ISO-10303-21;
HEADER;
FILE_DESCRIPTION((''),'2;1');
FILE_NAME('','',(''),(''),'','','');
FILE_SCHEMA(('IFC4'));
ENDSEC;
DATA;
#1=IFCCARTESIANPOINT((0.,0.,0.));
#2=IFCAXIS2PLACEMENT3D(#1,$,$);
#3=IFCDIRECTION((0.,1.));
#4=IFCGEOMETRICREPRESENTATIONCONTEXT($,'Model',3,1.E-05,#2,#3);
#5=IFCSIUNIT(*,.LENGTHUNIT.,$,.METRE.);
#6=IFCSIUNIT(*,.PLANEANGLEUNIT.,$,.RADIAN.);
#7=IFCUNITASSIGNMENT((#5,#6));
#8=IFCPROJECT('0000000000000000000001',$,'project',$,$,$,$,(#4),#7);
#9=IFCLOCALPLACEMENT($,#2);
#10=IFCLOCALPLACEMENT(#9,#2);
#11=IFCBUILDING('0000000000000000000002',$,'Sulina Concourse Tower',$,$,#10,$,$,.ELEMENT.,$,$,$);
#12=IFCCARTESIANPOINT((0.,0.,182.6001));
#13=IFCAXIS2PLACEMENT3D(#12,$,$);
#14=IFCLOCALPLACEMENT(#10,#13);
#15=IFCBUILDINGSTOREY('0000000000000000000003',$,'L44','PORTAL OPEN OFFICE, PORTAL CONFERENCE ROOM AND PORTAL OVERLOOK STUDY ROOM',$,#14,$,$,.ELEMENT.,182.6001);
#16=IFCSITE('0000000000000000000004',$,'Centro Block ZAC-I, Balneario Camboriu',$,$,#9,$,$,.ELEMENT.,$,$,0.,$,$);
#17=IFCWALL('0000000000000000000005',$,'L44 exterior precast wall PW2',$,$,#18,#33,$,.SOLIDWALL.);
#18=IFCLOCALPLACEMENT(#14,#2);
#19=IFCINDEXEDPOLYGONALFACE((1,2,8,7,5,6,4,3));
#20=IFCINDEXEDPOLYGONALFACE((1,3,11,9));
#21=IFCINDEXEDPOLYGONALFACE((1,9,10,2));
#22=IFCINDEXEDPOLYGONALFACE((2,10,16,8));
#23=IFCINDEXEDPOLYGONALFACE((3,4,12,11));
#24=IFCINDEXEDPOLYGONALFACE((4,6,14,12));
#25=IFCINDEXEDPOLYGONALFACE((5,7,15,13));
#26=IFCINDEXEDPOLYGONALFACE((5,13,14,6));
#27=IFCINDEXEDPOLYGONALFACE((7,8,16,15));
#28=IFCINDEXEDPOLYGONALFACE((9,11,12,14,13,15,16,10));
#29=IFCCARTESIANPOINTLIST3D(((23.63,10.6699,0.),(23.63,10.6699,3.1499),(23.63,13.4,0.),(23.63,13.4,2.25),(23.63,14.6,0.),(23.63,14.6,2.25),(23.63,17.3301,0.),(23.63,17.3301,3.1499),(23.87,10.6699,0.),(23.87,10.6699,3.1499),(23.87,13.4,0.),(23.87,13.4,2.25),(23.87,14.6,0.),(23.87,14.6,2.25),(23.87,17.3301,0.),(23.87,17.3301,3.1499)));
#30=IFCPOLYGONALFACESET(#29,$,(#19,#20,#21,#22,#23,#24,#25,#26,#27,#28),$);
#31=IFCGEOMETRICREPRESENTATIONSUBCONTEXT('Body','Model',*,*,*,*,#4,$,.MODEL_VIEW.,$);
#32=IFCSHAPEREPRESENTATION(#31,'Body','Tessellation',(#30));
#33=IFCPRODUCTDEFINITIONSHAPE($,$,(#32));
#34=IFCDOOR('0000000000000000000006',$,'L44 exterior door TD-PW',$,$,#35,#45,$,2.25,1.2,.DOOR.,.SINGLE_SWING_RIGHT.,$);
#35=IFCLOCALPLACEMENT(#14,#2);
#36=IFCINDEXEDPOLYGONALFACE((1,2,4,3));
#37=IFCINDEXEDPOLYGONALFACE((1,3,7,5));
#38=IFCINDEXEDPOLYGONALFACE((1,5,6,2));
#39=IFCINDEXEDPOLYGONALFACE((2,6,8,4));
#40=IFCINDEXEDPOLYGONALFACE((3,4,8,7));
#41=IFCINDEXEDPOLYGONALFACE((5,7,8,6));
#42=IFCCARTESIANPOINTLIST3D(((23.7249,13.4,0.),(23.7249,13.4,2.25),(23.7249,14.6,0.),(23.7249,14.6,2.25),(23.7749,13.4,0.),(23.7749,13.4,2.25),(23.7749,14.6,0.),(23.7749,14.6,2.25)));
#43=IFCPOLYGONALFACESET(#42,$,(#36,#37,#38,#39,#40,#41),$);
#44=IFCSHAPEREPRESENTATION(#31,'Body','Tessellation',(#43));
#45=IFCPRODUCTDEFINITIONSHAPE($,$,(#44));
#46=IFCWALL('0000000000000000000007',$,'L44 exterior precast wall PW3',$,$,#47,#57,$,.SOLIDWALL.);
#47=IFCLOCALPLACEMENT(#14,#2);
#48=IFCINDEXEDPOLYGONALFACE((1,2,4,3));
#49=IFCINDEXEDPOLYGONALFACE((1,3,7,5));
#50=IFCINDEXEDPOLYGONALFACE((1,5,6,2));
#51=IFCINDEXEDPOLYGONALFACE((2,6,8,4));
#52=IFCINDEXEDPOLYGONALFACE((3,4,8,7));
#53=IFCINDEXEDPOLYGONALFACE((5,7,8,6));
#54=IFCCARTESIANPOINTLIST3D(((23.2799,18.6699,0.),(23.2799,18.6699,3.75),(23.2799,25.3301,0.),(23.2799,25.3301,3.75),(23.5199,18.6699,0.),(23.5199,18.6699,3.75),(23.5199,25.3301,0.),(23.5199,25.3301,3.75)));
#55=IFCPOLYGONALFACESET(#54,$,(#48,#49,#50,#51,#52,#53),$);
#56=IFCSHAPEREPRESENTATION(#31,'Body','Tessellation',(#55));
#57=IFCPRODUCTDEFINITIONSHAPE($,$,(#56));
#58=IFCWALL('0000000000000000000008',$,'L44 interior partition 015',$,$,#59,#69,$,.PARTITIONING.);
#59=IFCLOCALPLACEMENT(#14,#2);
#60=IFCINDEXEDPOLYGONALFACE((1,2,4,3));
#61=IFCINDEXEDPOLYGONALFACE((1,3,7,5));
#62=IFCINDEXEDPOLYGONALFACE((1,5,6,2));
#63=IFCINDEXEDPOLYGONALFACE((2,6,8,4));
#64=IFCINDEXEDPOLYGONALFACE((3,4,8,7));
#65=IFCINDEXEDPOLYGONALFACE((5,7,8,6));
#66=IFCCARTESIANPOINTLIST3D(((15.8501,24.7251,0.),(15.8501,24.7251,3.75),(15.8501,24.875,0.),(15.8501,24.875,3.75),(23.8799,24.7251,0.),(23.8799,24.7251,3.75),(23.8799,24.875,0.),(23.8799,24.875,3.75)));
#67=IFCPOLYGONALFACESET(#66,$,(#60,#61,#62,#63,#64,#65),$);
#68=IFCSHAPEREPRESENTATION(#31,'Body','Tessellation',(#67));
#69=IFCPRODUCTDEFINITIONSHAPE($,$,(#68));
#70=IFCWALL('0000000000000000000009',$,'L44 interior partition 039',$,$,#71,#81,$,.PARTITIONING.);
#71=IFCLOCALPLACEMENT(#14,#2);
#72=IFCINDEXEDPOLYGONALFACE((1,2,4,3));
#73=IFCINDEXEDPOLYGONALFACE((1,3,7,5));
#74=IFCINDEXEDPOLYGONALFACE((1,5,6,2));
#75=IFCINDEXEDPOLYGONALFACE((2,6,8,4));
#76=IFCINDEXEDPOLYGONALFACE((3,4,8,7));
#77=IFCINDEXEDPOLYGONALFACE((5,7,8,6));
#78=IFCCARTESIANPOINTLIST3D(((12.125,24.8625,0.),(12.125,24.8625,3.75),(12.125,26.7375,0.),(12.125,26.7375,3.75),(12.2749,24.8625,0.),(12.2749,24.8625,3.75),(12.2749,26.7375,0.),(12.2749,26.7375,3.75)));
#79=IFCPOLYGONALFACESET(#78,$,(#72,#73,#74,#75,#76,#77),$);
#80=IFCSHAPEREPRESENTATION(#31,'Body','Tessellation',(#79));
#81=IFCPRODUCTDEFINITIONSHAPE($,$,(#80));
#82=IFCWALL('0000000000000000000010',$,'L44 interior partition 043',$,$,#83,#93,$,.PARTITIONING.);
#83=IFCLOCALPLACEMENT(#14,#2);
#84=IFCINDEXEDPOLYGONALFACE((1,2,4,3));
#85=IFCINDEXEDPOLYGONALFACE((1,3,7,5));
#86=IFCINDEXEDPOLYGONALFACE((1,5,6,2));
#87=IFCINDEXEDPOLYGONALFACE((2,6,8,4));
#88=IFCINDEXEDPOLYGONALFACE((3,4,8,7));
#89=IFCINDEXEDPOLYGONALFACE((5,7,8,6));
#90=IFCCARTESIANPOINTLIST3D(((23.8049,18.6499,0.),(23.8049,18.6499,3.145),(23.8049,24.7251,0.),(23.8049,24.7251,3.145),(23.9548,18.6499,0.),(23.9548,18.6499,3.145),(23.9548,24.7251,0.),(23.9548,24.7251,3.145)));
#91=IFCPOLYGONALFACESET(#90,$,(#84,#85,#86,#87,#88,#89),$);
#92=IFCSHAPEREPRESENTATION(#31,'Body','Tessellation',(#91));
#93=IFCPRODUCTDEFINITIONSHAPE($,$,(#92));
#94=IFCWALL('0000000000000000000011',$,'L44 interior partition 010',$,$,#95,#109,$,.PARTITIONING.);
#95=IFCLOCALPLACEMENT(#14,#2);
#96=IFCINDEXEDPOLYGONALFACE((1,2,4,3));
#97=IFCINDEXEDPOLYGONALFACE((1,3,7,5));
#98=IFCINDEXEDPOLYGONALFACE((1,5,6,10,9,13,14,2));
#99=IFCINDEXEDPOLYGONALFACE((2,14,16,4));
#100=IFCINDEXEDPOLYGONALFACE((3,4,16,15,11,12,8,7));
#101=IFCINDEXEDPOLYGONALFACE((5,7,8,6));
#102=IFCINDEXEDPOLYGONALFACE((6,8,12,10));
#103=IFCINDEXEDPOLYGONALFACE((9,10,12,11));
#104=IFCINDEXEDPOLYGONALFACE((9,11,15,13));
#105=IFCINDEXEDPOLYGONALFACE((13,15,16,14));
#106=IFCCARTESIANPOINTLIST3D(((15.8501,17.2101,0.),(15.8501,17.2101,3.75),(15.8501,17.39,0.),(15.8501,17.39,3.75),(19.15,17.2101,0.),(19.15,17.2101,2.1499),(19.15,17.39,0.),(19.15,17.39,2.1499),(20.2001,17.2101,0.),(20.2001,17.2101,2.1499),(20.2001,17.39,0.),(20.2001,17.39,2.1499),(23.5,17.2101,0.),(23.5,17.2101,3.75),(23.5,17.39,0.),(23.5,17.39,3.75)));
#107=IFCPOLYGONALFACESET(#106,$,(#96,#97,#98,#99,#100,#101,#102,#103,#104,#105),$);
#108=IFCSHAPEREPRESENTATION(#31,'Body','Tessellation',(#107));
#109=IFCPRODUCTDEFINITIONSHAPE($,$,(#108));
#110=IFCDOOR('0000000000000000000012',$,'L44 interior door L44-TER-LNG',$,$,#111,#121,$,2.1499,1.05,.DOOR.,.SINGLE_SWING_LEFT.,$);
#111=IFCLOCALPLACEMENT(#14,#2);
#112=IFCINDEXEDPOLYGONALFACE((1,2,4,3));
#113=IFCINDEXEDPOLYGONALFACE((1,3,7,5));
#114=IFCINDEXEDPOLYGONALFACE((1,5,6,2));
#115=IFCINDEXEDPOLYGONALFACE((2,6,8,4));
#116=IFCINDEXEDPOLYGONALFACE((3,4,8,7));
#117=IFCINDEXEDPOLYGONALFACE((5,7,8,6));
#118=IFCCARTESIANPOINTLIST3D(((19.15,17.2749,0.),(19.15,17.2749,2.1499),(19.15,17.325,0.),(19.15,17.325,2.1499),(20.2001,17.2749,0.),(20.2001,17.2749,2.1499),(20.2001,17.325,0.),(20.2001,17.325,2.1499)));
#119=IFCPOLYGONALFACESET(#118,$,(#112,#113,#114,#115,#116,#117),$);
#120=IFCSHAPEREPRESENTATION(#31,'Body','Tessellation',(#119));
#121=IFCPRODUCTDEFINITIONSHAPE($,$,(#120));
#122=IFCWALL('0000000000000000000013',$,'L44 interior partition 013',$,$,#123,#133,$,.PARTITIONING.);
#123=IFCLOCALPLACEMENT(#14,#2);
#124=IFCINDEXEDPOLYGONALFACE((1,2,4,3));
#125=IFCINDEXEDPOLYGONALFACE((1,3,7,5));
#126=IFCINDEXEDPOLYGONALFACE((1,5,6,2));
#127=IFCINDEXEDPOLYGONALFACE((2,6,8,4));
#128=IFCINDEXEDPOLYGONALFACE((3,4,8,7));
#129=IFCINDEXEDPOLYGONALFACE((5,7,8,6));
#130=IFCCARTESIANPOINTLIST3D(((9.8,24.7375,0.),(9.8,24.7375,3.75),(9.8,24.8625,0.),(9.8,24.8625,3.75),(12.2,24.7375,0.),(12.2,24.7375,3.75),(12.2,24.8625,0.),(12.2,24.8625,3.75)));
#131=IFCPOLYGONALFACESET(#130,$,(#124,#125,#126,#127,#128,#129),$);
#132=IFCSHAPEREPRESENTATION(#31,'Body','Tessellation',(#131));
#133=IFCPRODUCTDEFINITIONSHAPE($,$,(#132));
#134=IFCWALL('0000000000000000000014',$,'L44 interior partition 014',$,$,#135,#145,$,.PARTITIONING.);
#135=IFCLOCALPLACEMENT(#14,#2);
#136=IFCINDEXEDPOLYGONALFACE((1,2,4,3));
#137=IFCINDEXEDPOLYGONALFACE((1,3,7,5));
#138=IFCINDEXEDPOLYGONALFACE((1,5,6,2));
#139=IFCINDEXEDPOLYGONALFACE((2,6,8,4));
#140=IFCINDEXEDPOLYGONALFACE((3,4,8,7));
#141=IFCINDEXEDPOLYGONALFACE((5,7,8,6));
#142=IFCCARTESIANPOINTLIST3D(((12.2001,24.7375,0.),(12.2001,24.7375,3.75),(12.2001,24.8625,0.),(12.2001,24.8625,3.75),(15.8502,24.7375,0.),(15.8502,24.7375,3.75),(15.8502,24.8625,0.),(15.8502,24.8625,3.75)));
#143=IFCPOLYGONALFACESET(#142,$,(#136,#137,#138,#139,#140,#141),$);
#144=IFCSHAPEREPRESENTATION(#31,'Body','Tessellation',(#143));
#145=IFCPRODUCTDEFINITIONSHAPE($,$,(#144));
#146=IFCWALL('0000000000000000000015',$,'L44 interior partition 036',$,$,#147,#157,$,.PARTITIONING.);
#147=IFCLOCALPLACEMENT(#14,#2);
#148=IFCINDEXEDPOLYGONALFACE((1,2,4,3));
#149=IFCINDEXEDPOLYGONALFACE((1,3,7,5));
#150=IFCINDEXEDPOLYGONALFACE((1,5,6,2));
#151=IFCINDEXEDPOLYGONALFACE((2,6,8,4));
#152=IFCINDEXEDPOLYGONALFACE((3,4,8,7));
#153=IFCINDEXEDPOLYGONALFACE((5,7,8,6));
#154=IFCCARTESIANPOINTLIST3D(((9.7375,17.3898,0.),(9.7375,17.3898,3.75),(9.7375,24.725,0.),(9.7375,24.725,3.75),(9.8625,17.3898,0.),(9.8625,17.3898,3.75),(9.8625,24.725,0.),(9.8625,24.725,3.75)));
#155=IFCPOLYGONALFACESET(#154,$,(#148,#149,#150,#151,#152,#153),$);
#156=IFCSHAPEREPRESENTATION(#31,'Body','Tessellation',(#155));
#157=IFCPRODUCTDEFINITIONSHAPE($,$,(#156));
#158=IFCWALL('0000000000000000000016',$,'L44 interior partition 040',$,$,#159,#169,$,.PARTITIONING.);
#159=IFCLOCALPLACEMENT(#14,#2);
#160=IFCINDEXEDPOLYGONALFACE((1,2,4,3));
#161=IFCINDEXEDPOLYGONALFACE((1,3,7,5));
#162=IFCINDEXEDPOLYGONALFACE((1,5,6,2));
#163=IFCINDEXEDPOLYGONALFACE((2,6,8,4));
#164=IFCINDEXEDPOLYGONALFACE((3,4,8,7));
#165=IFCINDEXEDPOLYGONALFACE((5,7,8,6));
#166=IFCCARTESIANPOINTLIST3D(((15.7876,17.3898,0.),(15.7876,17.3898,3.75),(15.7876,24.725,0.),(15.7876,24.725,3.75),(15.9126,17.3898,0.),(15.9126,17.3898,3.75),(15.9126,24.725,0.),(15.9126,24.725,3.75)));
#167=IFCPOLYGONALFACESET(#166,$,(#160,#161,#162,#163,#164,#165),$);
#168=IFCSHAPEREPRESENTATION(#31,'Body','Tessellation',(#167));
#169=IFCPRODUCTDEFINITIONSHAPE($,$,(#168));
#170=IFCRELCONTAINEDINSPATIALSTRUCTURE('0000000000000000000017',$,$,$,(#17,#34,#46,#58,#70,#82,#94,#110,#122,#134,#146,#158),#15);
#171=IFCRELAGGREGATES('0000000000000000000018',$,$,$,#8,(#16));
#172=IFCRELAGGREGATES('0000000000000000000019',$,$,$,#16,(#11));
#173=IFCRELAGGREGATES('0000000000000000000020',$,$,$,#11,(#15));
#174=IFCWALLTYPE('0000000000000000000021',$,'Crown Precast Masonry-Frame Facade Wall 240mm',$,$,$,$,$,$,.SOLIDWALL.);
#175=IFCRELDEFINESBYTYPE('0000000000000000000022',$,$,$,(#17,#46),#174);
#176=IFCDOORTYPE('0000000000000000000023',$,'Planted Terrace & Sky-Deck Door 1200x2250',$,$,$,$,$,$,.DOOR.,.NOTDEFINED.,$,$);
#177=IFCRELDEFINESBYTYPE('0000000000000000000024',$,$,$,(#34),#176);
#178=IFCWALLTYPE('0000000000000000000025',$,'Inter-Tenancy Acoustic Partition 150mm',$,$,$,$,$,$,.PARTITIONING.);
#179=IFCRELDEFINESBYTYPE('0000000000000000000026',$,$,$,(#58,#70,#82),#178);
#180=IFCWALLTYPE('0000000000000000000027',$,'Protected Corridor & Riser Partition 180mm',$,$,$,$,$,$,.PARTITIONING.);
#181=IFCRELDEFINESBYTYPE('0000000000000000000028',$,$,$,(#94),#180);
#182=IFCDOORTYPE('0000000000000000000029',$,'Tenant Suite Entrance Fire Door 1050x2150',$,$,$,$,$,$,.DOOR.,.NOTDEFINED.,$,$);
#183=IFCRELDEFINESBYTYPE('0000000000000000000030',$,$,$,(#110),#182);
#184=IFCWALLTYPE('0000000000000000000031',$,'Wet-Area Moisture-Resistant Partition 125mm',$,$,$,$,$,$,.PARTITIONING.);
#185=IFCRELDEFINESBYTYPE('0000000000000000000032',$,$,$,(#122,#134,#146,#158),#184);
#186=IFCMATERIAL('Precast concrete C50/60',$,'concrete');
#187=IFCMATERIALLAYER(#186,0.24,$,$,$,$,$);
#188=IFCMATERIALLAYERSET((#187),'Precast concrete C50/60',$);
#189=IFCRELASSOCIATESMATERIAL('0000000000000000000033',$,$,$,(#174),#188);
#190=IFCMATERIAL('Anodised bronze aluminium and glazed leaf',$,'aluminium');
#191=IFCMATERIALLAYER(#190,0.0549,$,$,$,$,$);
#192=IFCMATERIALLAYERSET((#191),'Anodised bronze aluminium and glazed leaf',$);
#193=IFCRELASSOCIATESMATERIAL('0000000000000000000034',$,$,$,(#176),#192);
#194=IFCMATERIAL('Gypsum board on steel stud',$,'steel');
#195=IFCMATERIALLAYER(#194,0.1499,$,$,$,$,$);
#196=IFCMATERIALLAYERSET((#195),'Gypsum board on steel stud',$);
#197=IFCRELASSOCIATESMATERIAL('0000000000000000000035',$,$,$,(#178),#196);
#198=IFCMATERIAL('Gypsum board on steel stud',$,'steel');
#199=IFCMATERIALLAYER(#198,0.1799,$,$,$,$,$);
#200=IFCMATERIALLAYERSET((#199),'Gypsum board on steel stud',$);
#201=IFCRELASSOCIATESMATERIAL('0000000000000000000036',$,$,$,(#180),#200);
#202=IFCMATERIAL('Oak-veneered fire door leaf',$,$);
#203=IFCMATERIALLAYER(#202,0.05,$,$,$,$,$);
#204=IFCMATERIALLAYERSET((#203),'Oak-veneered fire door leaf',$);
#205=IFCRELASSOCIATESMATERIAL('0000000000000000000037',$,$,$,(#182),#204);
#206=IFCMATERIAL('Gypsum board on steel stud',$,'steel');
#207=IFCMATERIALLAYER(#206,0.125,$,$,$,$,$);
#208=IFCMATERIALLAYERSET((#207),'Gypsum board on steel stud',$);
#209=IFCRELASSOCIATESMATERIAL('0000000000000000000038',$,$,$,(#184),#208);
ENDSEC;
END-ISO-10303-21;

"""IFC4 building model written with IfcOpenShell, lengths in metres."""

from ifc_helpers import new_model, si_unit, direction, frame, frame_2d, origin, place, context, subcontext, project, spatial, rectangle, extrude, material, layer, layer_set, type_object, element, fill, save


model = new_model("IFC4")

# Units and contexts
model_context = context("Model", 3, precision=1e-05, world=origin(), true_north=direction((0.0, 1.0)))
body_context = subcontext(model_context, "Body", "Model", "MODEL_VIEW")
ifc_project = project(units=[si_unit("LENGTHUNIT", "METRE"), si_unit("PLANEANGLEUNIT", "RADIAN")], contexts=[model_context])

# Site, building, storey
site_placement = place(None, origin())
site = spatial("IfcSite", under=ifc_project, at=site_placement, Name="Centro Block ZAC-I, Balneario Camboriu", CompositionType="ELEMENT", RefElevation=0.0)
building_placement = place(site_placement, origin())
building = spatial("IfcBuilding", under=site, at=building_placement, Name="Sulina Concourse Tower", CompositionType="ELEMENT")
storey_placement = place(building_placement, frame((0.0, 0.0, 182.6001)))
storey = spatial("IfcBuildingStorey", under=building, at=storey_placement, Name="L44", Description="PORTAL OPEN OFFICE, PORTAL CONFERENCE ROOM AND PORTAL OVERLOOK STUDY ROOM", CompositionType="ELEMENT", Elevation=182.6001)

# Wall, opening, door
ifc_material_1 = material(Name="Precast concrete C50/60", Category="concrete")
ifc_layer_1 = layer(ifc_material_1, 0.24)
ifc_layer_set_1 = layer_set([ifc_layer_1], Name="Precast concrete C50/60")
wall_type_1 = type_object("IfcWallType", Name="Crown Precast Masonry-Frame Facade Wall 240mm", PredefinedType="SOLIDWALL", material=ifc_layer_set_1)
wall_1_placement = place(storey_placement, frame((23.75, 17.3301, 0.0), z_axis=(0.0, 0.0, 1.0), x_axis=(0.0, -1.0, 0.0)))
wall_1 = element("IfcWall", 1, at=wall_1_placement, inside=storey, type_object=wall_type_1, Name="L44 exterior precast wall PW2", PredefinedType="SOLIDWALL", context=body_context, shape_type="SweptSolid", body=[
    extrude(rectangle(XDim=6.6602, YDim=0.24, at=frame_2d((3.3301, 0.0))), origin(), (0.0, 0.0, 1.0), 3.1499),
])
opening_1_placement = place(wall_1_placement, frame((2.73, 0.0, 0.0)))
opening_1 = element("IfcOpeningElement", 2, at=opening_1_placement, cuts=wall_1, PredefinedType="OPENING", context=body_context, shape_type="SweptSolid", body=[
    extrude(rectangle(XDim=1.2, YDim=2.25, at=frame_2d((0.6001, 1.125))), frame((0.0, 0.1299, 0.0), z_axis=(0.0, -1.0, 0.0), x_axis=(1.0, 0.0, 0.0)), (0.0, 0.0, 1.0), 0.26),
])
ifc_material_2 = material(Name="Anodised bronze aluminium and glazed leaf", Category="aluminium")
ifc_layer_2 = layer(ifc_material_2, 0.0549)
ifc_layer_set_2 = layer_set([ifc_layer_2], Name="Anodised bronze aluminium and glazed leaf")
door_type_1 = type_object("IfcDoorType", Name="Planted Terrace & Sky-Deck Door 1200x2250", OperationType="NOTDEFINED", PredefinedType="DOOR", material=ifc_layer_set_2)
door_1_placement = place(opening_1_placement, origin())
door_1 = element("IfcDoor", 3, at=door_1_placement, inside=storey, type_object=door_type_1, Name="L44 exterior door TD-PW", OperationType="SINGLE_SWING_RIGHT", OverallHeight=2.25, OverallWidth=1.2, PredefinedType="DOOR", context=body_context, shape_type="SweptSolid", body=[
    extrude(rectangle(XDim=1.2, YDim=2.25, at=frame_2d((0.6001, 1.125))), frame((0.0, 0.0249, 0.0), z_axis=(0.0, -1.0, 0.0), x_axis=(1.0, 0.0, 0.0)), (0.0, 0.0, 1.0), 0.05),
])
fill(opening_1, door_1)

# Walls
wall_2_placement = place(storey_placement, frame((23.3999, 25.3301, 0.0), z_axis=(0.0, 0.0, 1.0), x_axis=(0.0, -1.0, 0.0)))
element("IfcWall", 4, at=wall_2_placement, inside=storey, type_object=wall_type_1, Name="L44 exterior precast wall PW3", PredefinedType="SOLIDWALL", context=body_context, shape_type="SweptSolid", body=[
    extrude(rectangle(XDim=6.6602, YDim=0.24, at=frame_2d((3.3301, 0.0))), origin(), (0.0, 0.0, 1.0), 3.75),
])
ifc_material_3 = material(Name="Gypsum board on steel stud", Category="steel")
ifc_layer_3 = layer(ifc_material_3, 0.1499)
ifc_layer_set_3 = layer_set([ifc_layer_3], Name="Gypsum board on steel stud")
wall_type_2 = type_object("IfcWallType", Name="Inter-Tenancy Acoustic Partition 150mm", PredefinedType="PARTITIONING", material=ifc_layer_set_3)
wall_3_placement = place(storey_placement, frame((15.8501, 24.8, 0.0), z_axis=(0.0, 0.0, 1.0), x_axis=(1.0, 0.0, 0.0)))
element("IfcWall", 5, at=wall_3_placement, inside=storey, type_object=wall_type_2, Name="L44 interior partition 015", PredefinedType="PARTITIONING", context=body_context, shape_type="SweptSolid", body=[
    extrude(rectangle(XDim=8.0298, YDim=0.1499, at=frame_2d((4.0149, 0.0))), origin(), (0.0, 0.0, 1.0), 3.75),
])
wall_4_placement = place(storey_placement, frame((12.2, 24.8625, 0.0), z_axis=(0.0, 0.0, 1.0), x_axis=(0.0, 1.0, 0.0)))
element("IfcWall", 6, at=wall_4_placement, inside=storey, type_object=wall_type_2, Name="L44 interior partition 039", PredefinedType="PARTITIONING", context=body_context, shape_type="SweptSolid", body=[
    extrude(rectangle(XDim=1.875, YDim=0.1499, at=frame_2d((0.9375, 0.0))), origin(), (0.0, 0.0, 1.0), 3.75),
])
wall_5_placement = place(storey_placement, frame((23.8799, 18.6499, 0.0), z_axis=(0.0, 0.0, 1.0), x_axis=(0.0, 1.0, 0.0)))
element("IfcWall", 7, at=wall_5_placement, inside=storey, type_object=wall_type_2, Name="L44 interior partition 043", PredefinedType="PARTITIONING", context=body_context, shape_type="SweptSolid", body=[
    extrude(rectangle(XDim=6.0752, YDim=0.1499, at=frame_2d((3.0376, 0.0))), origin(), (0.0, 0.0, 1.0), 3.145),
])

# Wall, opening, door
ifc_material_4 = material(Name="Gypsum board on steel stud", Category="steel")
ifc_layer_4 = layer(ifc_material_4, 0.1799)
ifc_layer_set_4 = layer_set([ifc_layer_4], Name="Gypsum board on steel stud")
wall_type_3 = type_object("IfcWallType", Name="Protected Corridor & Riser Partition 180mm", PredefinedType="PARTITIONING", material=ifc_layer_set_4)
wall_6_placement = place(storey_placement, frame((15.8501, 17.3, 0.0), z_axis=(0.0, 0.0, 1.0), x_axis=(1.0, 0.0, 0.0)))
wall_6 = element("IfcWall", 8, at=wall_6_placement, inside=storey, type_object=wall_type_3, Name="L44 interior partition 010", PredefinedType="PARTITIONING", context=body_context, shape_type="SweptSolid", body=[
    extrude(rectangle(XDim=7.6499, YDim=0.1799, at=frame_2d((3.825, 0.0))), origin(), (0.0, 0.0, 1.0), 3.75),
])
opening_2_placement = place(wall_6_placement, frame((3.3, 0.0, 0.0)))
opening_2 = element("IfcOpeningElement", 9, at=opening_2_placement, cuts=wall_6, PredefinedType="OPENING", context=body_context, shape_type="SweptSolid", body=[
    extrude(rectangle(XDim=1.05, YDim=2.1499, at=frame_2d((0.5249, 1.075))), frame((0.0, 0.0999, 0.0), z_axis=(0.0, -1.0, 0.0), x_axis=(1.0, 0.0, 0.0)), (0.0, 0.0, 1.0), 0.2),
])
ifc_material_5 = material(Name="Oak-veneered fire door leaf")
ifc_layer_5 = layer(ifc_material_5, 0.05)
ifc_layer_set_5 = layer_set([ifc_layer_5], Name="Oak-veneered fire door leaf")
door_type_2 = type_object("IfcDoorType", Name="Tenant Suite Entrance Fire Door 1050x2150", OperationType="NOTDEFINED", PredefinedType="DOOR", material=ifc_layer_set_5)
door_2_placement = place(opening_2_placement, origin())
door_2 = element("IfcDoor", 10, at=door_2_placement, inside=storey, type_object=door_type_2, Name="L44 interior door L44-TER-LNG", OperationType="SINGLE_SWING_LEFT", OverallHeight=2.1499, OverallWidth=1.05, PredefinedType="DOOR", context=body_context, shape_type="SweptSolid", body=[
    extrude(rectangle(XDim=1.05, YDim=2.1499, at=frame_2d((0.5249, 1.075))), frame((0.0, 0.0249, 0.0), z_axis=(0.0, -1.0, 0.0), x_axis=(1.0, 0.0, 0.0)), (0.0, 0.0, 1.0), 0.05),
])
fill(opening_2, door_2)

# Walls
ifc_material_6 = material(Name="Gypsum board on steel stud", Category="steel")
ifc_layer_6 = layer(ifc_material_6, 0.125)
ifc_layer_set_6 = layer_set([ifc_layer_6], Name="Gypsum board on steel stud")
wall_type_4 = type_object("IfcWallType", Name="Wet-Area Moisture-Resistant Partition 125mm", PredefinedType="PARTITIONING", material=ifc_layer_set_6)
wall_7_placement = place(storey_placement, frame((9.8, 24.8, 0.0), z_axis=(0.0, 0.0, 1.0), x_axis=(1.0, 0.0, 0.0)))
element("IfcWall", 11, at=wall_7_placement, inside=storey, type_object=wall_type_4, Name="L44 interior partition 013", PredefinedType="PARTITIONING", context=body_context, shape_type="SweptSolid", body=[
    extrude(rectangle(XDim=2.3999, YDim=0.125, at=frame_2d((1.2, 0.0))), origin(), (0.0, 0.0, 1.0), 3.75),
])
wall_8_placement = place(storey_placement, frame((12.2, 24.8, 0.0), z_axis=(0.0, 0.0, 1.0), x_axis=(1.0, 0.0, 0.0)))
element("IfcWall", 12, at=wall_8_placement, inside=storey, type_object=wall_type_4, Name="L44 interior partition 014", PredefinedType="PARTITIONING", context=body_context, shape_type="SweptSolid", body=[
    extrude(rectangle(XDim=3.6501, YDim=0.125, at=frame_2d((1.8252, 0.0))), origin(), (0.0, 0.0, 1.0), 3.75),
])
for number, where, z_axis, x_axis, name in (
    (13, (9.8, 17.3899, 0.0), (0.0, 0.0, 1.0), (0.0, 1.0, 0.0), "L44 interior partition 036"),
    (14, (15.8501, 17.3899, 0.0), (0.0, 0.0, 1.0), (0.0, 1.0, 0.0), "L44 interior partition 040"),
):
    element("IfcWall", number, at=place(storey_placement, frame(where, z_axis=z_axis, x_axis=x_axis)), inside=storey, type_object=wall_type_4, Name=name, PredefinedType="PARTITIONING", context=body_context, shape_type="SweptSolid", body=[
        extrude(rectangle(XDim=7.3352, YDim=0.125, at=frame_2d((3.6675, 0.0))), origin(), (0.0, 0.0, 1.0), 3.75),
    ])

save(model, "model.ifc")
